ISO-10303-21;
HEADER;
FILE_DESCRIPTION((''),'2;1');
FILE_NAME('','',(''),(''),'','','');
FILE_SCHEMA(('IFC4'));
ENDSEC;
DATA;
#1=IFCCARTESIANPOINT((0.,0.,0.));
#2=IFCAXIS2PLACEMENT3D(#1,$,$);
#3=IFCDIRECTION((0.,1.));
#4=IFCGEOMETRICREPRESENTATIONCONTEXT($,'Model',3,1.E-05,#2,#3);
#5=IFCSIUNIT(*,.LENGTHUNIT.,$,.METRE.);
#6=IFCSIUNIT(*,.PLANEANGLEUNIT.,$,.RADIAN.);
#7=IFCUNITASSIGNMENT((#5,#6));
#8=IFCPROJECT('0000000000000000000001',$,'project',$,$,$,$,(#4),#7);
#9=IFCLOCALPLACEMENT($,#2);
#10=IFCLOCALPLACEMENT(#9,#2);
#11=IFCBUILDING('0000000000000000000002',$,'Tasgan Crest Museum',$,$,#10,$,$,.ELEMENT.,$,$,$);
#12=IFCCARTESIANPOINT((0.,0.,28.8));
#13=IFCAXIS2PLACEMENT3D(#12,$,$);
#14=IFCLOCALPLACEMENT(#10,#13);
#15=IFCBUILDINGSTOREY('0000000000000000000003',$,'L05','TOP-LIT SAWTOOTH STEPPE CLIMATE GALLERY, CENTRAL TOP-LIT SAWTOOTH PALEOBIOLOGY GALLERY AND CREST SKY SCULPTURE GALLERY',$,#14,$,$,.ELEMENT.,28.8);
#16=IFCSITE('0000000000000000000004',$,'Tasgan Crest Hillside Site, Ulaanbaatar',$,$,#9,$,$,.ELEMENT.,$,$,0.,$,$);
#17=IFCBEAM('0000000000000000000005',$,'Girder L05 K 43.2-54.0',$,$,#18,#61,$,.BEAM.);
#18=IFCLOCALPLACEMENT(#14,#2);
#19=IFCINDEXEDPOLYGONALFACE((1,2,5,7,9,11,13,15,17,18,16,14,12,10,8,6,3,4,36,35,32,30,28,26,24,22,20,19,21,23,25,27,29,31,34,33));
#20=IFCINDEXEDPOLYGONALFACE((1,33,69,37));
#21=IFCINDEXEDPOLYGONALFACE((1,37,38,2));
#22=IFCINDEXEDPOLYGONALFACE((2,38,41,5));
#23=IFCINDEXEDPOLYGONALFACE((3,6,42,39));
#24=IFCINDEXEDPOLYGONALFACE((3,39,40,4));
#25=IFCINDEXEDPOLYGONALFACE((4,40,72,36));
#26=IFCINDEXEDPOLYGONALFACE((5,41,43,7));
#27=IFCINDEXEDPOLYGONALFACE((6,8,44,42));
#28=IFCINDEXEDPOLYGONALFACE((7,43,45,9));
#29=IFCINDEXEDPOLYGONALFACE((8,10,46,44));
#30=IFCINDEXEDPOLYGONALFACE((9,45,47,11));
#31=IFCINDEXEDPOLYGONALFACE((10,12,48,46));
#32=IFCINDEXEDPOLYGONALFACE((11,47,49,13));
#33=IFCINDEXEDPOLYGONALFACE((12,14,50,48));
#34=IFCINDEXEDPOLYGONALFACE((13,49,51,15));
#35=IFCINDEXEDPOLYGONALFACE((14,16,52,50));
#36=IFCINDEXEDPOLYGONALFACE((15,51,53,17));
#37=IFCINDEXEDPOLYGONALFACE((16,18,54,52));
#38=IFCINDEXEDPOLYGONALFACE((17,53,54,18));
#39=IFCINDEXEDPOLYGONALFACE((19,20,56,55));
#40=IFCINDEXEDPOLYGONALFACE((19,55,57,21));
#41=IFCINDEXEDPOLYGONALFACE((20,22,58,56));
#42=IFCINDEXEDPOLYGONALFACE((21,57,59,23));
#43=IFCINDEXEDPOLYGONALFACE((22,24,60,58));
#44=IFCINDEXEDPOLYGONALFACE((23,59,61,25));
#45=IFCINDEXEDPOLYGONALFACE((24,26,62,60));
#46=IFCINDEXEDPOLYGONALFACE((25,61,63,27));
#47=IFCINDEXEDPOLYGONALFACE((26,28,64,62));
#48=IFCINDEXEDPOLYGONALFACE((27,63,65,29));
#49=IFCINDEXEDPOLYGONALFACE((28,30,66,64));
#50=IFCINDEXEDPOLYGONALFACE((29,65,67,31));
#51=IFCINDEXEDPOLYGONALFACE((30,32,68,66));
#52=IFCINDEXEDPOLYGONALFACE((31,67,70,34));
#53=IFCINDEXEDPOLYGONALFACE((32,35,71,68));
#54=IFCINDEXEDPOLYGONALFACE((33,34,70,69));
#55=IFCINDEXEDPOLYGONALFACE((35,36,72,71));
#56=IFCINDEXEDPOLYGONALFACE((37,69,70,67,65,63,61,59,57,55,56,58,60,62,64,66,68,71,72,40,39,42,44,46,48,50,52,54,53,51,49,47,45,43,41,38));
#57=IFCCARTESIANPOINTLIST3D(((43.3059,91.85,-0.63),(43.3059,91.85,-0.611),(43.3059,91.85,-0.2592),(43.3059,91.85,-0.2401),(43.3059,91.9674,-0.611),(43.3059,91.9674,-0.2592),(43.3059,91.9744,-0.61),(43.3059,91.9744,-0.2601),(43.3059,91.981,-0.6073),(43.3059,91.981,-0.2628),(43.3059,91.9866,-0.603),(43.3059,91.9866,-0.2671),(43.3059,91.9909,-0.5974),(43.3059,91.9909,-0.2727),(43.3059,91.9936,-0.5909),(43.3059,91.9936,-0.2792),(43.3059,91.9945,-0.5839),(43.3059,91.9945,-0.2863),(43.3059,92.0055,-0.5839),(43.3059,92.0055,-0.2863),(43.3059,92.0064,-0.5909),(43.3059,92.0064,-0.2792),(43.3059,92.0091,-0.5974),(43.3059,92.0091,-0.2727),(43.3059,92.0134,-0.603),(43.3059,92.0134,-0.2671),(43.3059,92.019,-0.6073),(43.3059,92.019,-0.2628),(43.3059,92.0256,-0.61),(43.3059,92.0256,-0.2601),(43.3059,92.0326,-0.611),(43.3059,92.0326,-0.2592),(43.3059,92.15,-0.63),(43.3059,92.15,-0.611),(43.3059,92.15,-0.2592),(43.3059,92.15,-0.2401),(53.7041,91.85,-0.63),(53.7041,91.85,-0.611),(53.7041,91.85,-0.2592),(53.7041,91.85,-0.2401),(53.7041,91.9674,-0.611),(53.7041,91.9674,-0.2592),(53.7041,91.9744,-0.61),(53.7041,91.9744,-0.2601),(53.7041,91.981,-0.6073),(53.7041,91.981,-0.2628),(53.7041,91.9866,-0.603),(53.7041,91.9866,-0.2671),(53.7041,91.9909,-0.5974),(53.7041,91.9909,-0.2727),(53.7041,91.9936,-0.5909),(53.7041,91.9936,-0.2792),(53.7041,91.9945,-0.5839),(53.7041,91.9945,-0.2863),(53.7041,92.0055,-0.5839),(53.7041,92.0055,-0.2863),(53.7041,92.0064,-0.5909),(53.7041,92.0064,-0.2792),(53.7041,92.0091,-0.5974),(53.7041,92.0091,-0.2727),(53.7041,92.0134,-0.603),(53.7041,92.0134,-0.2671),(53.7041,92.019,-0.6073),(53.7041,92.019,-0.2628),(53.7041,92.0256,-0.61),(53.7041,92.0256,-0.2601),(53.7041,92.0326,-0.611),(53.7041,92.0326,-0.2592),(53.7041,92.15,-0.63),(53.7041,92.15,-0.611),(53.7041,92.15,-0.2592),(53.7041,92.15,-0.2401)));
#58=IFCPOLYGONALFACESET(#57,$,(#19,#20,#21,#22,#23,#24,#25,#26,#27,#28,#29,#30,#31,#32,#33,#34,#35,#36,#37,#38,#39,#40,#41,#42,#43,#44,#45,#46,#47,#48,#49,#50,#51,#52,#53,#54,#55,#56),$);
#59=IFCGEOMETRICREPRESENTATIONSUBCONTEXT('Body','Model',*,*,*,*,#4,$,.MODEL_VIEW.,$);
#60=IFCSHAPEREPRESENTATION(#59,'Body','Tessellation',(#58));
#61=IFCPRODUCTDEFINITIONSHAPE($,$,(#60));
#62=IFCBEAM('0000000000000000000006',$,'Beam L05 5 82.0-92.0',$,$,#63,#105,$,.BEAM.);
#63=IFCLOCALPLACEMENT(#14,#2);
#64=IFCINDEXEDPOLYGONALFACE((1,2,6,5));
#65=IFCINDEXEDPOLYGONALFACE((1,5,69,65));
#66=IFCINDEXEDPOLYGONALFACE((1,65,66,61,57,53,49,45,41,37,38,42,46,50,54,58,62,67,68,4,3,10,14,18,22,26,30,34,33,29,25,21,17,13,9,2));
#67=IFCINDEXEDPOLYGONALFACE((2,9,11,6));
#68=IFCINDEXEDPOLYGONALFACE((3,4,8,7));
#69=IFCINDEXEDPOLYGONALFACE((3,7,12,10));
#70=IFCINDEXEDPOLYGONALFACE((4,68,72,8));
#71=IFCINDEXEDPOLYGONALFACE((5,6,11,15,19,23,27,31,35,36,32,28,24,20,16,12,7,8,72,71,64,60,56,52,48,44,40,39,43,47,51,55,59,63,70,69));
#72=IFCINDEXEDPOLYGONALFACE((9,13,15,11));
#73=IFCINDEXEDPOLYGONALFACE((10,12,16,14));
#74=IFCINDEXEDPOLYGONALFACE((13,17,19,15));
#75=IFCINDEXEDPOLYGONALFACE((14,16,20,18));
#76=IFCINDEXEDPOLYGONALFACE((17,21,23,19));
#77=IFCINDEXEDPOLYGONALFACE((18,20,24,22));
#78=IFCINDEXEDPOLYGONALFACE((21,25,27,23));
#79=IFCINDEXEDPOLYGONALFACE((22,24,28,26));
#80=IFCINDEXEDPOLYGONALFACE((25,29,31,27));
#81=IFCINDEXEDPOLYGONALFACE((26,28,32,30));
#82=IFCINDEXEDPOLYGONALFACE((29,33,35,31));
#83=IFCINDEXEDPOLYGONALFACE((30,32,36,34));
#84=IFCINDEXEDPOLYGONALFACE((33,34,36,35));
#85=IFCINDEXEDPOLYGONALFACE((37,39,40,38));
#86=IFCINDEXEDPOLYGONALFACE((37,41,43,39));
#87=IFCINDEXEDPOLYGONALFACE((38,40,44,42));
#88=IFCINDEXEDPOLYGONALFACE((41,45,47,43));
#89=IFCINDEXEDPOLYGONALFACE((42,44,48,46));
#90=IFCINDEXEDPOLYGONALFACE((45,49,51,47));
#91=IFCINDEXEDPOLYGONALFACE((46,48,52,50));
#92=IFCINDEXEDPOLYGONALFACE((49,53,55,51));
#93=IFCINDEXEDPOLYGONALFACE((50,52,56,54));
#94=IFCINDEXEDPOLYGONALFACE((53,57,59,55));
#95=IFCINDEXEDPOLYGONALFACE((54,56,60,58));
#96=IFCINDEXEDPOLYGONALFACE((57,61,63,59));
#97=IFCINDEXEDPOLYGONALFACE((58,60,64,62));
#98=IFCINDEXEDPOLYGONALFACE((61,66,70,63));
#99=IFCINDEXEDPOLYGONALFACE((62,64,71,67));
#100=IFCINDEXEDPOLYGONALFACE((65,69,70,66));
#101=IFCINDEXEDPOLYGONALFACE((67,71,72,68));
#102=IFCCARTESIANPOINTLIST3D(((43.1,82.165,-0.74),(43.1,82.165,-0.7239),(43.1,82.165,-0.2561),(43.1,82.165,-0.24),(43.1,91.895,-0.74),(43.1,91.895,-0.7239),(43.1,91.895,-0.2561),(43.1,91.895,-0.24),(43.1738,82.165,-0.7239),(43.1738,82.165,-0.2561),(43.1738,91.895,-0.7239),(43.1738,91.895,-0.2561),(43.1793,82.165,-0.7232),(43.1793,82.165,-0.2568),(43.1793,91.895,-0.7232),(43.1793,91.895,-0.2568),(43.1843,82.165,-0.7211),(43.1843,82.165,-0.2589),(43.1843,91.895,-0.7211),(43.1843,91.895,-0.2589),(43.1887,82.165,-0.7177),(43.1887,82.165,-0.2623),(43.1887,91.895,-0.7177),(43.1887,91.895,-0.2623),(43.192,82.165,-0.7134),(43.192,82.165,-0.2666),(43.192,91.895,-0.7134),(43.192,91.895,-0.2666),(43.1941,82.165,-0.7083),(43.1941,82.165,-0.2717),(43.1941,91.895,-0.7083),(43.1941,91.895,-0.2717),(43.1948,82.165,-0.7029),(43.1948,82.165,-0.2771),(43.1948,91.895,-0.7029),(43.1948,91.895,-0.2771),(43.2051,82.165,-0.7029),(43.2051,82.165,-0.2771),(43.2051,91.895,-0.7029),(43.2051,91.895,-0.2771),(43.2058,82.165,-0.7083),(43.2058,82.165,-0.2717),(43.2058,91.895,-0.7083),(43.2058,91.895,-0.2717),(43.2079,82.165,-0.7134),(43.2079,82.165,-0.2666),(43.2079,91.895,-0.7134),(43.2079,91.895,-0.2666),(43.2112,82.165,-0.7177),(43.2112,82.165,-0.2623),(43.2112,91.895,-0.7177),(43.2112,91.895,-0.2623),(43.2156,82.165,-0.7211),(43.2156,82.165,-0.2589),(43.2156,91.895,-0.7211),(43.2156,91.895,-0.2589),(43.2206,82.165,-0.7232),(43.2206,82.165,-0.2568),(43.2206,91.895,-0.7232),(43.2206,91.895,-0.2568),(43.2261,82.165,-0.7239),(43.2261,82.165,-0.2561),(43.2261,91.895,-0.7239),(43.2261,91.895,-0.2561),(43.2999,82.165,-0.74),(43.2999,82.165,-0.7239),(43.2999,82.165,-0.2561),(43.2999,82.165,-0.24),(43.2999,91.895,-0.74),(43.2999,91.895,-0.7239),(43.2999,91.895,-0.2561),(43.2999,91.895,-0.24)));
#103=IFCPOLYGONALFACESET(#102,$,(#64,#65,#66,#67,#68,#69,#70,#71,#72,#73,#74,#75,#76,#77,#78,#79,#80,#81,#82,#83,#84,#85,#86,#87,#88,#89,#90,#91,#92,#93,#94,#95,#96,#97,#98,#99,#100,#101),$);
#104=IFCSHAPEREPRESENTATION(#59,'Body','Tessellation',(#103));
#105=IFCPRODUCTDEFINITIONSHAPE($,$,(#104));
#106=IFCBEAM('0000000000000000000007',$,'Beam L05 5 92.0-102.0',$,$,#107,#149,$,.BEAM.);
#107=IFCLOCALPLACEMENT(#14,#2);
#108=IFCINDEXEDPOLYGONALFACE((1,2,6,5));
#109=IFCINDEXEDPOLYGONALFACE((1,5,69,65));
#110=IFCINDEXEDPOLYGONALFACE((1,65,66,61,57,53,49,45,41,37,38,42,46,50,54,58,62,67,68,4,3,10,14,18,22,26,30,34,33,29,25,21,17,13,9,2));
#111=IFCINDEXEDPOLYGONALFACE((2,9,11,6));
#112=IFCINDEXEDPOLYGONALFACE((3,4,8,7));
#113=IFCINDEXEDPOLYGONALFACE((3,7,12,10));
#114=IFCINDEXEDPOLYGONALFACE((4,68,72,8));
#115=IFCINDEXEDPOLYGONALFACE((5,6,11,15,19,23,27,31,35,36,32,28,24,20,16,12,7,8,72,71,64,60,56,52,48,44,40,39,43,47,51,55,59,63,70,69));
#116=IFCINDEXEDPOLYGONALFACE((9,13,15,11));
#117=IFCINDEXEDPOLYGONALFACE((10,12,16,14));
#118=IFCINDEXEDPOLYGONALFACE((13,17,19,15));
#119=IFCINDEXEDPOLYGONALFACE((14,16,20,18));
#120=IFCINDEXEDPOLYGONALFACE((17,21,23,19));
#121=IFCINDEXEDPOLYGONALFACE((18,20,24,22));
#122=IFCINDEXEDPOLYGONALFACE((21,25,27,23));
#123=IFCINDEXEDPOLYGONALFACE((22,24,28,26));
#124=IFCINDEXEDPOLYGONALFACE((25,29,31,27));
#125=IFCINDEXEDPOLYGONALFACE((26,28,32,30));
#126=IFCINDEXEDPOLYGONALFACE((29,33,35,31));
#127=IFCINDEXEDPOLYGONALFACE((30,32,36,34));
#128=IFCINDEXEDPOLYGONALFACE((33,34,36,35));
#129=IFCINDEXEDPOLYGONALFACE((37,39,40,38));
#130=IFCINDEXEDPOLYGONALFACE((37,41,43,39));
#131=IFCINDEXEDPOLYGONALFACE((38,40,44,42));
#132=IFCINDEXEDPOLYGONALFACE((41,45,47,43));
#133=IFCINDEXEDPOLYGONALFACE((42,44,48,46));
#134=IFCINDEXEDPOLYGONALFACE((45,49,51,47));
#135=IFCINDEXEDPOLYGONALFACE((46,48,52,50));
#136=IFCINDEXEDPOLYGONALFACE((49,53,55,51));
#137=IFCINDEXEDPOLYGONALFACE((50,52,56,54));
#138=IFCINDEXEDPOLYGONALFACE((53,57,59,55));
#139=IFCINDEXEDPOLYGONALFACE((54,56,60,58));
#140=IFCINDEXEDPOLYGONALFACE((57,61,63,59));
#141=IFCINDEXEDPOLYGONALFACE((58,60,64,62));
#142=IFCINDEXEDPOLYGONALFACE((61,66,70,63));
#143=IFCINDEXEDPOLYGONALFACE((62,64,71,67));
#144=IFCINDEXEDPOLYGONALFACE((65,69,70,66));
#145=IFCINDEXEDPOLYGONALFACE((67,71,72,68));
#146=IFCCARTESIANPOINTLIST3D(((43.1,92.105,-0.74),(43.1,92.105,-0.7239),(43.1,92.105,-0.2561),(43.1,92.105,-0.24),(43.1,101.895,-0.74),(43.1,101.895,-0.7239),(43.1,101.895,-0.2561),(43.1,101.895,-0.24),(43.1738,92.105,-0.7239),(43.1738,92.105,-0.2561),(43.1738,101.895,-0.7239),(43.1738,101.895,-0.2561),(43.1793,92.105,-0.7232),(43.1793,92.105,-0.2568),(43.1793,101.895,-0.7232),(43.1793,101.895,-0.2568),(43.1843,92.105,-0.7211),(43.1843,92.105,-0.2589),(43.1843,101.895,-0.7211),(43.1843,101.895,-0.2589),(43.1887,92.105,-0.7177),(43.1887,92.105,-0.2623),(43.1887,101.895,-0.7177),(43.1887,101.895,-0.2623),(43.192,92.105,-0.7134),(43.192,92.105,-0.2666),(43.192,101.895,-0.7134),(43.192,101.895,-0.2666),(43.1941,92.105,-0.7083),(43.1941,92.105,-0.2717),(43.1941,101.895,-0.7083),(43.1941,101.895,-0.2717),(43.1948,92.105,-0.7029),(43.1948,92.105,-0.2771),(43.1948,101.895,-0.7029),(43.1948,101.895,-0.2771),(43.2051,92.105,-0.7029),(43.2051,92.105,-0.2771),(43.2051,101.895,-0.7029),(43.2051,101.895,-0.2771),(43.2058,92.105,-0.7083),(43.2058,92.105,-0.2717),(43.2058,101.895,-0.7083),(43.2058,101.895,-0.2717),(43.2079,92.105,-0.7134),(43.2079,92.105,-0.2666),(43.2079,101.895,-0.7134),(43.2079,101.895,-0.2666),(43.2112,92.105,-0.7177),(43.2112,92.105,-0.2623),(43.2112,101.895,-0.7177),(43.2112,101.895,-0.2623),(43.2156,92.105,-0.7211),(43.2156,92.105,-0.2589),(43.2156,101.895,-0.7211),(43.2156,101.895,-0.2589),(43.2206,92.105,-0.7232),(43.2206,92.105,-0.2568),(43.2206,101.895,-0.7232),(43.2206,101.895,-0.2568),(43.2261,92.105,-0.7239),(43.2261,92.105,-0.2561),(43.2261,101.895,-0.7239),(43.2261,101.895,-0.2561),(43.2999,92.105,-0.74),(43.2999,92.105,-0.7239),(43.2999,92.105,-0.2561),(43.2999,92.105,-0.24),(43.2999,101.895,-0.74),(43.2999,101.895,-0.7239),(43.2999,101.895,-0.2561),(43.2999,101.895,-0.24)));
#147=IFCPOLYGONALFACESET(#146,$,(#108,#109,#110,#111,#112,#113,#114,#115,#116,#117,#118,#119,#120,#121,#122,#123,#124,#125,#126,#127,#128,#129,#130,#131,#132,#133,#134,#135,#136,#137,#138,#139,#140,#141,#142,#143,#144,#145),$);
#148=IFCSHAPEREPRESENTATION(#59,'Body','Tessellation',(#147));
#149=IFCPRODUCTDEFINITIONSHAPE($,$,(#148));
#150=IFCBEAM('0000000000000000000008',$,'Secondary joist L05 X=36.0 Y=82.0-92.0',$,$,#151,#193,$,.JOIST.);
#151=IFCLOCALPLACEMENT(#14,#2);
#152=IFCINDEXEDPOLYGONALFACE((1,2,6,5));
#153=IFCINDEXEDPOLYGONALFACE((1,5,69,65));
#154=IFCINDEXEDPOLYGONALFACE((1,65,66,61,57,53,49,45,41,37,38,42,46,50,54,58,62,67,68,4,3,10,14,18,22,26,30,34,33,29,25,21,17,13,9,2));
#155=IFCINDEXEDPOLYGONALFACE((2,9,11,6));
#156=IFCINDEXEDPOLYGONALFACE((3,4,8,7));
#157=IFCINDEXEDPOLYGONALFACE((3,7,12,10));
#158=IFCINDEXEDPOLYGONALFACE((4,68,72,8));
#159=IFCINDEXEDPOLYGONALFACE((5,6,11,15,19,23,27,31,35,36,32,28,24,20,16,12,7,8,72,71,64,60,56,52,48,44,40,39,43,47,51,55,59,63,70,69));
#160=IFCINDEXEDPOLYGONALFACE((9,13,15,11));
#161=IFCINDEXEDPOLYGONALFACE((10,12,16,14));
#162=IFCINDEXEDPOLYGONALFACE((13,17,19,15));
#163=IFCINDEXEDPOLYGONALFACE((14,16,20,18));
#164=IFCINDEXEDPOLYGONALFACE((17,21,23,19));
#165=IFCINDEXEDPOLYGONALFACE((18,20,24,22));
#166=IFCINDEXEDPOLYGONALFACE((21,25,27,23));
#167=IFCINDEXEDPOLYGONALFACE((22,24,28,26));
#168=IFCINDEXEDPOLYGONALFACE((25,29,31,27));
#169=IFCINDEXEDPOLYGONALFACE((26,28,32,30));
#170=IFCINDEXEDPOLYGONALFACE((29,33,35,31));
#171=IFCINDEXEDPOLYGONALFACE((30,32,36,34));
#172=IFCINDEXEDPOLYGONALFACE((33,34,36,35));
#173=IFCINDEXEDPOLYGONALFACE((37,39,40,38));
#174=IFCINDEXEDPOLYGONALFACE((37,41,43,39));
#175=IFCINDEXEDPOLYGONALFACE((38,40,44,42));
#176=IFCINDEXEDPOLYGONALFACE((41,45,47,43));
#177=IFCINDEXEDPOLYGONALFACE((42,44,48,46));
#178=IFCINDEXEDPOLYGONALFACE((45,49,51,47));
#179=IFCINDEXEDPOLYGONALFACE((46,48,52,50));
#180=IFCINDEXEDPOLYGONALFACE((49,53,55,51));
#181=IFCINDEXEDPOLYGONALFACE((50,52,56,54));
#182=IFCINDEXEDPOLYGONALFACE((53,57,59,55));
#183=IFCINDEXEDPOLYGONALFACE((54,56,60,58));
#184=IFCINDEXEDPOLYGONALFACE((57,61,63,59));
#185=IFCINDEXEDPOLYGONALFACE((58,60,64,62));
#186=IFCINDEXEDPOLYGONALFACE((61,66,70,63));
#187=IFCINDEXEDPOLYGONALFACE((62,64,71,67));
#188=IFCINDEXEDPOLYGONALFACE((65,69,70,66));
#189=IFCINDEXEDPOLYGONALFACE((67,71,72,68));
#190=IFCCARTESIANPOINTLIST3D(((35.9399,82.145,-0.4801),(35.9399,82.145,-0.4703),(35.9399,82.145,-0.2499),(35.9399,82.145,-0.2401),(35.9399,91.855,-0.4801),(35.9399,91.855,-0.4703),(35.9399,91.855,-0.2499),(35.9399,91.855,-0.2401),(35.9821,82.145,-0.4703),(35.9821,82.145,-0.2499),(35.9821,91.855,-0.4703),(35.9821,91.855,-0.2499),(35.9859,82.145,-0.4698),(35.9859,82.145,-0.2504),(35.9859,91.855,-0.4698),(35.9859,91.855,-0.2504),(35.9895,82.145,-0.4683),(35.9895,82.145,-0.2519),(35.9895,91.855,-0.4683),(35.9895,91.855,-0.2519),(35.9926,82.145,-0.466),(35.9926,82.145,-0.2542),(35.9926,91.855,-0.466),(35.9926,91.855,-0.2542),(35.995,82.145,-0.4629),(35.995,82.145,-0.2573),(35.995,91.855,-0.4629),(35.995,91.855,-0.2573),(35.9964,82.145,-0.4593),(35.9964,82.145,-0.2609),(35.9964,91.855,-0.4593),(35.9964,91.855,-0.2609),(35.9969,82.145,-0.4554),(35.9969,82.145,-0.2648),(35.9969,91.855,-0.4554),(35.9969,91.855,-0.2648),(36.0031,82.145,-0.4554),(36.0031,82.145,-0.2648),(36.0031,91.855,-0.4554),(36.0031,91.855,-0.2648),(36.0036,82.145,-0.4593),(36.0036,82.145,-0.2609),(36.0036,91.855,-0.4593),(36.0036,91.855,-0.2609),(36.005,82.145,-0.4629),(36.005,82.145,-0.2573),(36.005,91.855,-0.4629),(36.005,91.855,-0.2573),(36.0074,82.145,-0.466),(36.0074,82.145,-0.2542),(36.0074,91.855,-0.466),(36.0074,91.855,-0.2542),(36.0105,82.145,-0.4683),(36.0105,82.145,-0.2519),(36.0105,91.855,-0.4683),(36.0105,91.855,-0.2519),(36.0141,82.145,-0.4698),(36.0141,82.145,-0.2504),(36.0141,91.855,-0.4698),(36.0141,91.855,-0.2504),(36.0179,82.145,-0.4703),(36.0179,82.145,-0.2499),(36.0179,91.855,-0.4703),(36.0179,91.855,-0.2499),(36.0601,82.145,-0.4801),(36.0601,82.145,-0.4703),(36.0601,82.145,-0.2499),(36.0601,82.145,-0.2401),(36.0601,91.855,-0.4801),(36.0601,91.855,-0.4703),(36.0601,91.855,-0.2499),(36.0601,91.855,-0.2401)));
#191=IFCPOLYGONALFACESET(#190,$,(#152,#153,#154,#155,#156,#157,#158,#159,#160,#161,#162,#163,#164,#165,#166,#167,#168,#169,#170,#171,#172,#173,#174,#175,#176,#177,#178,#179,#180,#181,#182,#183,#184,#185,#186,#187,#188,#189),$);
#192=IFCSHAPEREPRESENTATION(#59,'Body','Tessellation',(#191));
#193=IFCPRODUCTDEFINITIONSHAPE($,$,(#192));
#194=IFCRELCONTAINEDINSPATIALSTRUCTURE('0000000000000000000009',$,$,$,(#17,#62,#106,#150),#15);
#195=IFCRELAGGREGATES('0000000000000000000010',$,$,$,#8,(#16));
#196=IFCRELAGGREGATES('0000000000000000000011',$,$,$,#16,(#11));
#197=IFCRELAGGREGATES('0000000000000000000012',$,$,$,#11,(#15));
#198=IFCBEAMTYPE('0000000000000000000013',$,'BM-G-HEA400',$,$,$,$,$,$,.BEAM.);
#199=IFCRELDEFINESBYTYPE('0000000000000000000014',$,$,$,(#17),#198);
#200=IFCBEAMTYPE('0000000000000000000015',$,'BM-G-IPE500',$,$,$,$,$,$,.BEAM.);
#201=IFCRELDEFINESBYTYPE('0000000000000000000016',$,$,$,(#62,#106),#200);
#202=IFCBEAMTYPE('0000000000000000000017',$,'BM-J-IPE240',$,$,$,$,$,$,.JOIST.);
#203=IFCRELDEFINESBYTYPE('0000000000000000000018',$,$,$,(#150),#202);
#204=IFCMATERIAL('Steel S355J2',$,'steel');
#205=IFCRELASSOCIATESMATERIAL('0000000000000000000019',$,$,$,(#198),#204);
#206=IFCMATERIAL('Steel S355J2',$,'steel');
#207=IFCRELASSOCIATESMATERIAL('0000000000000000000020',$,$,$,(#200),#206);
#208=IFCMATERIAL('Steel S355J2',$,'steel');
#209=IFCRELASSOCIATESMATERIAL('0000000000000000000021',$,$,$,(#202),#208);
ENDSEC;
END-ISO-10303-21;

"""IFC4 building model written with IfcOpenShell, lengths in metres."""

from ifc_helpers import new_model, si_unit, direction, frame, origin, origin_2d, place, context, subcontext, project, spatial, i_section, extrude, material, material_profile, profile_set, type_object, element, save


model = new_model("IFC4")

# Units and contexts
model_context = context("Model", 3, precision=1e-05, world=origin(), true_north=direction((0.0, 1.0)))
body_context = subcontext(model_context, "Body", "Model", "MODEL_VIEW")
ifc_project = project(units=[si_unit("LENGTHUNIT", "METRE"), si_unit("PLANEANGLEUNIT", "RADIAN")], contexts=[model_context])

# Site, building, storey
site_placement = place(None, origin())
site = spatial("IfcSite", under=ifc_project, at=site_placement, Name="Tasgan Crest Hillside Site, Ulaanbaatar", CompositionType="ELEMENT", RefElevation=0.0)
building_placement = place(site_placement, origin())
building = spatial("IfcBuilding", under=site, at=building_placement, Name="Tasgan Crest Museum", CompositionType="ELEMENT")
storey_placement = place(building_placement, frame((0.0, 0.0, 28.8)))
storey = spatial("IfcBuildingStorey", under=building, at=storey_placement, Name="L05", Description="TOP-LIT SAWTOOTH STEPPE CLIMATE GALLERY, CENTRAL TOP-LIT SAWTOOTH PALEOBIOLOGY GALLERY AND CREST SKY SCULPTURE GALLERY", CompositionType="ELEMENT", Elevation=28.8)

# Beams
ifc_material_1 = material(Name="Steel S355J2", Category="steel")
ifc_material_profile_1 = material_profile(ifc_material_1, i_section(OverallWidth=0.3, OverallDepth=0.3899, WebThickness=0.011, FlangeThickness=0.019, FilletRadius=0.0271, at=origin_2d()), Name="HEA 400")
ifc_profile_set_1 = profile_set([ifc_material_profile_1], Name="Steel S355J2")
beam_type_1 = type_object("IfcBeamType", Name="BM-G-HEA400", PredefinedType="BEAM", material=ifc_profile_set_1)
beam_1_placement = place(storey_placement, frame((43.3059, 92.0, -0.4351), z_axis=(1.0, 0.0, 0.0), x_axis=(0.0, 1.0, 0.0)))
element("IfcBeam", 1, at=beam_1_placement, inside=storey, type_object=beam_type_1, Name="Girder L05 K 43.2-54.0", PredefinedType="BEAM", context=body_context, shape_type="SweptSolid", body=[
    extrude(i_section(OverallWidth=0.3, OverallDepth=0.3899, WebThickness=0.011, FlangeThickness=0.019, FilletRadius=0.0271, at=origin_2d()), origin(), (0.0, 0.0, 1.0), 10.3982),
])
ifc_material_2 = material(Name="Steel S355J2", Category="steel")
ifc_material_profile_2 = material_profile(ifc_material_2, i_section(OverallWidth=0.2, OverallDepth=0.5, WebThickness=0.0103, FlangeThickness=0.0161, FilletRadius=0.021, at=origin_2d()), Name="IPE 500")
ifc_profile_set_2 = profile_set([ifc_material_profile_2], Name="Steel S355J2")
beam_type_2 = type_object("IfcBeamType", Name="BM-G-IPE500", PredefinedType="BEAM", material=ifc_profile_set_2)
beam_2_placement = place(storey_placement, frame((43.2, 82.165, -0.49), z_axis=(0.0, 1.0, 0.0), x_axis=(-1.0, 0.0, 0.0)))
element("IfcBeam", 2, at=beam_2_placement, inside=storey, type_object=beam_type_2, Name="Beam L05 5 82.0-92.0", PredefinedType="BEAM", context=body_context, shape_type="SweptSolid", body=[
    extrude(i_section(OverallWidth=0.2, OverallDepth=0.5, WebThickness=0.0103, FlangeThickness=0.0161, FilletRadius=0.021, at=origin_2d()), origin(), (0.0, 0.0, 1.0), 9.73),
])
beam_3_placement = place(storey_placement, frame((43.2, 92.105, -0.49), z_axis=(0.0, 1.0, 0.0), x_axis=(-1.0, 0.0, 0.0)))
element("IfcBeam", 3, at=beam_3_placement, inside=storey, type_object=beam_type_2, Name="Beam L05 5 92.0-102.0", PredefinedType="BEAM", context=body_context, shape_type="SweptSolid", body=[
    extrude(i_section(OverallWidth=0.2, OverallDepth=0.5, WebThickness=0.0103, FlangeThickness=0.0161, FilletRadius=0.021, at=origin_2d()), origin(), (0.0, 0.0, 1.0), 9.79),
])
ifc_material_3 = material(Name="Steel S355J2", Category="steel")
ifc_material_profile_3 = material_profile(ifc_material_3, i_section(OverallWidth=0.1201, OverallDepth=0.24, WebThickness=0.0061, FlangeThickness=0.0098, FilletRadius=0.0149, at=origin_2d()), Name="IPE 240")
ifc_profile_set_3 = profile_set([ifc_material_profile_3], Name="Steel S355J2")
beam_type_3 = type_object("IfcBeamType", Name="BM-J-IPE240", PredefinedType="JOIST", material=ifc_profile_set_3)
for number, where, z_axis, x_axis, name in (
    (4, (36.0, 82.145, -0.3601), (0.0, 1.0, 0.0), (-1.0, 0.0, 0.0), "Secondary joist L05 X=36.0 Y=82.0-92.0"),
):
    element("IfcBeam", number, at=place(storey_placement, frame(where, z_axis=z_axis, x_axis=x_axis)), inside=storey, type_object=beam_type_3, Name=name, PredefinedType="JOIST", context=body_context, shape_type="SweptSolid", body=[
        extrude(i_section(OverallWidth=0.1201, OverallDepth=0.24, WebThickness=0.0061, FlangeThickness=0.0098, FilletRadius=0.0149, at=origin_2d()), origin(), (0.0, 0.0, 1.0), 9.71),
    ])

save(model, "model.ifc")
